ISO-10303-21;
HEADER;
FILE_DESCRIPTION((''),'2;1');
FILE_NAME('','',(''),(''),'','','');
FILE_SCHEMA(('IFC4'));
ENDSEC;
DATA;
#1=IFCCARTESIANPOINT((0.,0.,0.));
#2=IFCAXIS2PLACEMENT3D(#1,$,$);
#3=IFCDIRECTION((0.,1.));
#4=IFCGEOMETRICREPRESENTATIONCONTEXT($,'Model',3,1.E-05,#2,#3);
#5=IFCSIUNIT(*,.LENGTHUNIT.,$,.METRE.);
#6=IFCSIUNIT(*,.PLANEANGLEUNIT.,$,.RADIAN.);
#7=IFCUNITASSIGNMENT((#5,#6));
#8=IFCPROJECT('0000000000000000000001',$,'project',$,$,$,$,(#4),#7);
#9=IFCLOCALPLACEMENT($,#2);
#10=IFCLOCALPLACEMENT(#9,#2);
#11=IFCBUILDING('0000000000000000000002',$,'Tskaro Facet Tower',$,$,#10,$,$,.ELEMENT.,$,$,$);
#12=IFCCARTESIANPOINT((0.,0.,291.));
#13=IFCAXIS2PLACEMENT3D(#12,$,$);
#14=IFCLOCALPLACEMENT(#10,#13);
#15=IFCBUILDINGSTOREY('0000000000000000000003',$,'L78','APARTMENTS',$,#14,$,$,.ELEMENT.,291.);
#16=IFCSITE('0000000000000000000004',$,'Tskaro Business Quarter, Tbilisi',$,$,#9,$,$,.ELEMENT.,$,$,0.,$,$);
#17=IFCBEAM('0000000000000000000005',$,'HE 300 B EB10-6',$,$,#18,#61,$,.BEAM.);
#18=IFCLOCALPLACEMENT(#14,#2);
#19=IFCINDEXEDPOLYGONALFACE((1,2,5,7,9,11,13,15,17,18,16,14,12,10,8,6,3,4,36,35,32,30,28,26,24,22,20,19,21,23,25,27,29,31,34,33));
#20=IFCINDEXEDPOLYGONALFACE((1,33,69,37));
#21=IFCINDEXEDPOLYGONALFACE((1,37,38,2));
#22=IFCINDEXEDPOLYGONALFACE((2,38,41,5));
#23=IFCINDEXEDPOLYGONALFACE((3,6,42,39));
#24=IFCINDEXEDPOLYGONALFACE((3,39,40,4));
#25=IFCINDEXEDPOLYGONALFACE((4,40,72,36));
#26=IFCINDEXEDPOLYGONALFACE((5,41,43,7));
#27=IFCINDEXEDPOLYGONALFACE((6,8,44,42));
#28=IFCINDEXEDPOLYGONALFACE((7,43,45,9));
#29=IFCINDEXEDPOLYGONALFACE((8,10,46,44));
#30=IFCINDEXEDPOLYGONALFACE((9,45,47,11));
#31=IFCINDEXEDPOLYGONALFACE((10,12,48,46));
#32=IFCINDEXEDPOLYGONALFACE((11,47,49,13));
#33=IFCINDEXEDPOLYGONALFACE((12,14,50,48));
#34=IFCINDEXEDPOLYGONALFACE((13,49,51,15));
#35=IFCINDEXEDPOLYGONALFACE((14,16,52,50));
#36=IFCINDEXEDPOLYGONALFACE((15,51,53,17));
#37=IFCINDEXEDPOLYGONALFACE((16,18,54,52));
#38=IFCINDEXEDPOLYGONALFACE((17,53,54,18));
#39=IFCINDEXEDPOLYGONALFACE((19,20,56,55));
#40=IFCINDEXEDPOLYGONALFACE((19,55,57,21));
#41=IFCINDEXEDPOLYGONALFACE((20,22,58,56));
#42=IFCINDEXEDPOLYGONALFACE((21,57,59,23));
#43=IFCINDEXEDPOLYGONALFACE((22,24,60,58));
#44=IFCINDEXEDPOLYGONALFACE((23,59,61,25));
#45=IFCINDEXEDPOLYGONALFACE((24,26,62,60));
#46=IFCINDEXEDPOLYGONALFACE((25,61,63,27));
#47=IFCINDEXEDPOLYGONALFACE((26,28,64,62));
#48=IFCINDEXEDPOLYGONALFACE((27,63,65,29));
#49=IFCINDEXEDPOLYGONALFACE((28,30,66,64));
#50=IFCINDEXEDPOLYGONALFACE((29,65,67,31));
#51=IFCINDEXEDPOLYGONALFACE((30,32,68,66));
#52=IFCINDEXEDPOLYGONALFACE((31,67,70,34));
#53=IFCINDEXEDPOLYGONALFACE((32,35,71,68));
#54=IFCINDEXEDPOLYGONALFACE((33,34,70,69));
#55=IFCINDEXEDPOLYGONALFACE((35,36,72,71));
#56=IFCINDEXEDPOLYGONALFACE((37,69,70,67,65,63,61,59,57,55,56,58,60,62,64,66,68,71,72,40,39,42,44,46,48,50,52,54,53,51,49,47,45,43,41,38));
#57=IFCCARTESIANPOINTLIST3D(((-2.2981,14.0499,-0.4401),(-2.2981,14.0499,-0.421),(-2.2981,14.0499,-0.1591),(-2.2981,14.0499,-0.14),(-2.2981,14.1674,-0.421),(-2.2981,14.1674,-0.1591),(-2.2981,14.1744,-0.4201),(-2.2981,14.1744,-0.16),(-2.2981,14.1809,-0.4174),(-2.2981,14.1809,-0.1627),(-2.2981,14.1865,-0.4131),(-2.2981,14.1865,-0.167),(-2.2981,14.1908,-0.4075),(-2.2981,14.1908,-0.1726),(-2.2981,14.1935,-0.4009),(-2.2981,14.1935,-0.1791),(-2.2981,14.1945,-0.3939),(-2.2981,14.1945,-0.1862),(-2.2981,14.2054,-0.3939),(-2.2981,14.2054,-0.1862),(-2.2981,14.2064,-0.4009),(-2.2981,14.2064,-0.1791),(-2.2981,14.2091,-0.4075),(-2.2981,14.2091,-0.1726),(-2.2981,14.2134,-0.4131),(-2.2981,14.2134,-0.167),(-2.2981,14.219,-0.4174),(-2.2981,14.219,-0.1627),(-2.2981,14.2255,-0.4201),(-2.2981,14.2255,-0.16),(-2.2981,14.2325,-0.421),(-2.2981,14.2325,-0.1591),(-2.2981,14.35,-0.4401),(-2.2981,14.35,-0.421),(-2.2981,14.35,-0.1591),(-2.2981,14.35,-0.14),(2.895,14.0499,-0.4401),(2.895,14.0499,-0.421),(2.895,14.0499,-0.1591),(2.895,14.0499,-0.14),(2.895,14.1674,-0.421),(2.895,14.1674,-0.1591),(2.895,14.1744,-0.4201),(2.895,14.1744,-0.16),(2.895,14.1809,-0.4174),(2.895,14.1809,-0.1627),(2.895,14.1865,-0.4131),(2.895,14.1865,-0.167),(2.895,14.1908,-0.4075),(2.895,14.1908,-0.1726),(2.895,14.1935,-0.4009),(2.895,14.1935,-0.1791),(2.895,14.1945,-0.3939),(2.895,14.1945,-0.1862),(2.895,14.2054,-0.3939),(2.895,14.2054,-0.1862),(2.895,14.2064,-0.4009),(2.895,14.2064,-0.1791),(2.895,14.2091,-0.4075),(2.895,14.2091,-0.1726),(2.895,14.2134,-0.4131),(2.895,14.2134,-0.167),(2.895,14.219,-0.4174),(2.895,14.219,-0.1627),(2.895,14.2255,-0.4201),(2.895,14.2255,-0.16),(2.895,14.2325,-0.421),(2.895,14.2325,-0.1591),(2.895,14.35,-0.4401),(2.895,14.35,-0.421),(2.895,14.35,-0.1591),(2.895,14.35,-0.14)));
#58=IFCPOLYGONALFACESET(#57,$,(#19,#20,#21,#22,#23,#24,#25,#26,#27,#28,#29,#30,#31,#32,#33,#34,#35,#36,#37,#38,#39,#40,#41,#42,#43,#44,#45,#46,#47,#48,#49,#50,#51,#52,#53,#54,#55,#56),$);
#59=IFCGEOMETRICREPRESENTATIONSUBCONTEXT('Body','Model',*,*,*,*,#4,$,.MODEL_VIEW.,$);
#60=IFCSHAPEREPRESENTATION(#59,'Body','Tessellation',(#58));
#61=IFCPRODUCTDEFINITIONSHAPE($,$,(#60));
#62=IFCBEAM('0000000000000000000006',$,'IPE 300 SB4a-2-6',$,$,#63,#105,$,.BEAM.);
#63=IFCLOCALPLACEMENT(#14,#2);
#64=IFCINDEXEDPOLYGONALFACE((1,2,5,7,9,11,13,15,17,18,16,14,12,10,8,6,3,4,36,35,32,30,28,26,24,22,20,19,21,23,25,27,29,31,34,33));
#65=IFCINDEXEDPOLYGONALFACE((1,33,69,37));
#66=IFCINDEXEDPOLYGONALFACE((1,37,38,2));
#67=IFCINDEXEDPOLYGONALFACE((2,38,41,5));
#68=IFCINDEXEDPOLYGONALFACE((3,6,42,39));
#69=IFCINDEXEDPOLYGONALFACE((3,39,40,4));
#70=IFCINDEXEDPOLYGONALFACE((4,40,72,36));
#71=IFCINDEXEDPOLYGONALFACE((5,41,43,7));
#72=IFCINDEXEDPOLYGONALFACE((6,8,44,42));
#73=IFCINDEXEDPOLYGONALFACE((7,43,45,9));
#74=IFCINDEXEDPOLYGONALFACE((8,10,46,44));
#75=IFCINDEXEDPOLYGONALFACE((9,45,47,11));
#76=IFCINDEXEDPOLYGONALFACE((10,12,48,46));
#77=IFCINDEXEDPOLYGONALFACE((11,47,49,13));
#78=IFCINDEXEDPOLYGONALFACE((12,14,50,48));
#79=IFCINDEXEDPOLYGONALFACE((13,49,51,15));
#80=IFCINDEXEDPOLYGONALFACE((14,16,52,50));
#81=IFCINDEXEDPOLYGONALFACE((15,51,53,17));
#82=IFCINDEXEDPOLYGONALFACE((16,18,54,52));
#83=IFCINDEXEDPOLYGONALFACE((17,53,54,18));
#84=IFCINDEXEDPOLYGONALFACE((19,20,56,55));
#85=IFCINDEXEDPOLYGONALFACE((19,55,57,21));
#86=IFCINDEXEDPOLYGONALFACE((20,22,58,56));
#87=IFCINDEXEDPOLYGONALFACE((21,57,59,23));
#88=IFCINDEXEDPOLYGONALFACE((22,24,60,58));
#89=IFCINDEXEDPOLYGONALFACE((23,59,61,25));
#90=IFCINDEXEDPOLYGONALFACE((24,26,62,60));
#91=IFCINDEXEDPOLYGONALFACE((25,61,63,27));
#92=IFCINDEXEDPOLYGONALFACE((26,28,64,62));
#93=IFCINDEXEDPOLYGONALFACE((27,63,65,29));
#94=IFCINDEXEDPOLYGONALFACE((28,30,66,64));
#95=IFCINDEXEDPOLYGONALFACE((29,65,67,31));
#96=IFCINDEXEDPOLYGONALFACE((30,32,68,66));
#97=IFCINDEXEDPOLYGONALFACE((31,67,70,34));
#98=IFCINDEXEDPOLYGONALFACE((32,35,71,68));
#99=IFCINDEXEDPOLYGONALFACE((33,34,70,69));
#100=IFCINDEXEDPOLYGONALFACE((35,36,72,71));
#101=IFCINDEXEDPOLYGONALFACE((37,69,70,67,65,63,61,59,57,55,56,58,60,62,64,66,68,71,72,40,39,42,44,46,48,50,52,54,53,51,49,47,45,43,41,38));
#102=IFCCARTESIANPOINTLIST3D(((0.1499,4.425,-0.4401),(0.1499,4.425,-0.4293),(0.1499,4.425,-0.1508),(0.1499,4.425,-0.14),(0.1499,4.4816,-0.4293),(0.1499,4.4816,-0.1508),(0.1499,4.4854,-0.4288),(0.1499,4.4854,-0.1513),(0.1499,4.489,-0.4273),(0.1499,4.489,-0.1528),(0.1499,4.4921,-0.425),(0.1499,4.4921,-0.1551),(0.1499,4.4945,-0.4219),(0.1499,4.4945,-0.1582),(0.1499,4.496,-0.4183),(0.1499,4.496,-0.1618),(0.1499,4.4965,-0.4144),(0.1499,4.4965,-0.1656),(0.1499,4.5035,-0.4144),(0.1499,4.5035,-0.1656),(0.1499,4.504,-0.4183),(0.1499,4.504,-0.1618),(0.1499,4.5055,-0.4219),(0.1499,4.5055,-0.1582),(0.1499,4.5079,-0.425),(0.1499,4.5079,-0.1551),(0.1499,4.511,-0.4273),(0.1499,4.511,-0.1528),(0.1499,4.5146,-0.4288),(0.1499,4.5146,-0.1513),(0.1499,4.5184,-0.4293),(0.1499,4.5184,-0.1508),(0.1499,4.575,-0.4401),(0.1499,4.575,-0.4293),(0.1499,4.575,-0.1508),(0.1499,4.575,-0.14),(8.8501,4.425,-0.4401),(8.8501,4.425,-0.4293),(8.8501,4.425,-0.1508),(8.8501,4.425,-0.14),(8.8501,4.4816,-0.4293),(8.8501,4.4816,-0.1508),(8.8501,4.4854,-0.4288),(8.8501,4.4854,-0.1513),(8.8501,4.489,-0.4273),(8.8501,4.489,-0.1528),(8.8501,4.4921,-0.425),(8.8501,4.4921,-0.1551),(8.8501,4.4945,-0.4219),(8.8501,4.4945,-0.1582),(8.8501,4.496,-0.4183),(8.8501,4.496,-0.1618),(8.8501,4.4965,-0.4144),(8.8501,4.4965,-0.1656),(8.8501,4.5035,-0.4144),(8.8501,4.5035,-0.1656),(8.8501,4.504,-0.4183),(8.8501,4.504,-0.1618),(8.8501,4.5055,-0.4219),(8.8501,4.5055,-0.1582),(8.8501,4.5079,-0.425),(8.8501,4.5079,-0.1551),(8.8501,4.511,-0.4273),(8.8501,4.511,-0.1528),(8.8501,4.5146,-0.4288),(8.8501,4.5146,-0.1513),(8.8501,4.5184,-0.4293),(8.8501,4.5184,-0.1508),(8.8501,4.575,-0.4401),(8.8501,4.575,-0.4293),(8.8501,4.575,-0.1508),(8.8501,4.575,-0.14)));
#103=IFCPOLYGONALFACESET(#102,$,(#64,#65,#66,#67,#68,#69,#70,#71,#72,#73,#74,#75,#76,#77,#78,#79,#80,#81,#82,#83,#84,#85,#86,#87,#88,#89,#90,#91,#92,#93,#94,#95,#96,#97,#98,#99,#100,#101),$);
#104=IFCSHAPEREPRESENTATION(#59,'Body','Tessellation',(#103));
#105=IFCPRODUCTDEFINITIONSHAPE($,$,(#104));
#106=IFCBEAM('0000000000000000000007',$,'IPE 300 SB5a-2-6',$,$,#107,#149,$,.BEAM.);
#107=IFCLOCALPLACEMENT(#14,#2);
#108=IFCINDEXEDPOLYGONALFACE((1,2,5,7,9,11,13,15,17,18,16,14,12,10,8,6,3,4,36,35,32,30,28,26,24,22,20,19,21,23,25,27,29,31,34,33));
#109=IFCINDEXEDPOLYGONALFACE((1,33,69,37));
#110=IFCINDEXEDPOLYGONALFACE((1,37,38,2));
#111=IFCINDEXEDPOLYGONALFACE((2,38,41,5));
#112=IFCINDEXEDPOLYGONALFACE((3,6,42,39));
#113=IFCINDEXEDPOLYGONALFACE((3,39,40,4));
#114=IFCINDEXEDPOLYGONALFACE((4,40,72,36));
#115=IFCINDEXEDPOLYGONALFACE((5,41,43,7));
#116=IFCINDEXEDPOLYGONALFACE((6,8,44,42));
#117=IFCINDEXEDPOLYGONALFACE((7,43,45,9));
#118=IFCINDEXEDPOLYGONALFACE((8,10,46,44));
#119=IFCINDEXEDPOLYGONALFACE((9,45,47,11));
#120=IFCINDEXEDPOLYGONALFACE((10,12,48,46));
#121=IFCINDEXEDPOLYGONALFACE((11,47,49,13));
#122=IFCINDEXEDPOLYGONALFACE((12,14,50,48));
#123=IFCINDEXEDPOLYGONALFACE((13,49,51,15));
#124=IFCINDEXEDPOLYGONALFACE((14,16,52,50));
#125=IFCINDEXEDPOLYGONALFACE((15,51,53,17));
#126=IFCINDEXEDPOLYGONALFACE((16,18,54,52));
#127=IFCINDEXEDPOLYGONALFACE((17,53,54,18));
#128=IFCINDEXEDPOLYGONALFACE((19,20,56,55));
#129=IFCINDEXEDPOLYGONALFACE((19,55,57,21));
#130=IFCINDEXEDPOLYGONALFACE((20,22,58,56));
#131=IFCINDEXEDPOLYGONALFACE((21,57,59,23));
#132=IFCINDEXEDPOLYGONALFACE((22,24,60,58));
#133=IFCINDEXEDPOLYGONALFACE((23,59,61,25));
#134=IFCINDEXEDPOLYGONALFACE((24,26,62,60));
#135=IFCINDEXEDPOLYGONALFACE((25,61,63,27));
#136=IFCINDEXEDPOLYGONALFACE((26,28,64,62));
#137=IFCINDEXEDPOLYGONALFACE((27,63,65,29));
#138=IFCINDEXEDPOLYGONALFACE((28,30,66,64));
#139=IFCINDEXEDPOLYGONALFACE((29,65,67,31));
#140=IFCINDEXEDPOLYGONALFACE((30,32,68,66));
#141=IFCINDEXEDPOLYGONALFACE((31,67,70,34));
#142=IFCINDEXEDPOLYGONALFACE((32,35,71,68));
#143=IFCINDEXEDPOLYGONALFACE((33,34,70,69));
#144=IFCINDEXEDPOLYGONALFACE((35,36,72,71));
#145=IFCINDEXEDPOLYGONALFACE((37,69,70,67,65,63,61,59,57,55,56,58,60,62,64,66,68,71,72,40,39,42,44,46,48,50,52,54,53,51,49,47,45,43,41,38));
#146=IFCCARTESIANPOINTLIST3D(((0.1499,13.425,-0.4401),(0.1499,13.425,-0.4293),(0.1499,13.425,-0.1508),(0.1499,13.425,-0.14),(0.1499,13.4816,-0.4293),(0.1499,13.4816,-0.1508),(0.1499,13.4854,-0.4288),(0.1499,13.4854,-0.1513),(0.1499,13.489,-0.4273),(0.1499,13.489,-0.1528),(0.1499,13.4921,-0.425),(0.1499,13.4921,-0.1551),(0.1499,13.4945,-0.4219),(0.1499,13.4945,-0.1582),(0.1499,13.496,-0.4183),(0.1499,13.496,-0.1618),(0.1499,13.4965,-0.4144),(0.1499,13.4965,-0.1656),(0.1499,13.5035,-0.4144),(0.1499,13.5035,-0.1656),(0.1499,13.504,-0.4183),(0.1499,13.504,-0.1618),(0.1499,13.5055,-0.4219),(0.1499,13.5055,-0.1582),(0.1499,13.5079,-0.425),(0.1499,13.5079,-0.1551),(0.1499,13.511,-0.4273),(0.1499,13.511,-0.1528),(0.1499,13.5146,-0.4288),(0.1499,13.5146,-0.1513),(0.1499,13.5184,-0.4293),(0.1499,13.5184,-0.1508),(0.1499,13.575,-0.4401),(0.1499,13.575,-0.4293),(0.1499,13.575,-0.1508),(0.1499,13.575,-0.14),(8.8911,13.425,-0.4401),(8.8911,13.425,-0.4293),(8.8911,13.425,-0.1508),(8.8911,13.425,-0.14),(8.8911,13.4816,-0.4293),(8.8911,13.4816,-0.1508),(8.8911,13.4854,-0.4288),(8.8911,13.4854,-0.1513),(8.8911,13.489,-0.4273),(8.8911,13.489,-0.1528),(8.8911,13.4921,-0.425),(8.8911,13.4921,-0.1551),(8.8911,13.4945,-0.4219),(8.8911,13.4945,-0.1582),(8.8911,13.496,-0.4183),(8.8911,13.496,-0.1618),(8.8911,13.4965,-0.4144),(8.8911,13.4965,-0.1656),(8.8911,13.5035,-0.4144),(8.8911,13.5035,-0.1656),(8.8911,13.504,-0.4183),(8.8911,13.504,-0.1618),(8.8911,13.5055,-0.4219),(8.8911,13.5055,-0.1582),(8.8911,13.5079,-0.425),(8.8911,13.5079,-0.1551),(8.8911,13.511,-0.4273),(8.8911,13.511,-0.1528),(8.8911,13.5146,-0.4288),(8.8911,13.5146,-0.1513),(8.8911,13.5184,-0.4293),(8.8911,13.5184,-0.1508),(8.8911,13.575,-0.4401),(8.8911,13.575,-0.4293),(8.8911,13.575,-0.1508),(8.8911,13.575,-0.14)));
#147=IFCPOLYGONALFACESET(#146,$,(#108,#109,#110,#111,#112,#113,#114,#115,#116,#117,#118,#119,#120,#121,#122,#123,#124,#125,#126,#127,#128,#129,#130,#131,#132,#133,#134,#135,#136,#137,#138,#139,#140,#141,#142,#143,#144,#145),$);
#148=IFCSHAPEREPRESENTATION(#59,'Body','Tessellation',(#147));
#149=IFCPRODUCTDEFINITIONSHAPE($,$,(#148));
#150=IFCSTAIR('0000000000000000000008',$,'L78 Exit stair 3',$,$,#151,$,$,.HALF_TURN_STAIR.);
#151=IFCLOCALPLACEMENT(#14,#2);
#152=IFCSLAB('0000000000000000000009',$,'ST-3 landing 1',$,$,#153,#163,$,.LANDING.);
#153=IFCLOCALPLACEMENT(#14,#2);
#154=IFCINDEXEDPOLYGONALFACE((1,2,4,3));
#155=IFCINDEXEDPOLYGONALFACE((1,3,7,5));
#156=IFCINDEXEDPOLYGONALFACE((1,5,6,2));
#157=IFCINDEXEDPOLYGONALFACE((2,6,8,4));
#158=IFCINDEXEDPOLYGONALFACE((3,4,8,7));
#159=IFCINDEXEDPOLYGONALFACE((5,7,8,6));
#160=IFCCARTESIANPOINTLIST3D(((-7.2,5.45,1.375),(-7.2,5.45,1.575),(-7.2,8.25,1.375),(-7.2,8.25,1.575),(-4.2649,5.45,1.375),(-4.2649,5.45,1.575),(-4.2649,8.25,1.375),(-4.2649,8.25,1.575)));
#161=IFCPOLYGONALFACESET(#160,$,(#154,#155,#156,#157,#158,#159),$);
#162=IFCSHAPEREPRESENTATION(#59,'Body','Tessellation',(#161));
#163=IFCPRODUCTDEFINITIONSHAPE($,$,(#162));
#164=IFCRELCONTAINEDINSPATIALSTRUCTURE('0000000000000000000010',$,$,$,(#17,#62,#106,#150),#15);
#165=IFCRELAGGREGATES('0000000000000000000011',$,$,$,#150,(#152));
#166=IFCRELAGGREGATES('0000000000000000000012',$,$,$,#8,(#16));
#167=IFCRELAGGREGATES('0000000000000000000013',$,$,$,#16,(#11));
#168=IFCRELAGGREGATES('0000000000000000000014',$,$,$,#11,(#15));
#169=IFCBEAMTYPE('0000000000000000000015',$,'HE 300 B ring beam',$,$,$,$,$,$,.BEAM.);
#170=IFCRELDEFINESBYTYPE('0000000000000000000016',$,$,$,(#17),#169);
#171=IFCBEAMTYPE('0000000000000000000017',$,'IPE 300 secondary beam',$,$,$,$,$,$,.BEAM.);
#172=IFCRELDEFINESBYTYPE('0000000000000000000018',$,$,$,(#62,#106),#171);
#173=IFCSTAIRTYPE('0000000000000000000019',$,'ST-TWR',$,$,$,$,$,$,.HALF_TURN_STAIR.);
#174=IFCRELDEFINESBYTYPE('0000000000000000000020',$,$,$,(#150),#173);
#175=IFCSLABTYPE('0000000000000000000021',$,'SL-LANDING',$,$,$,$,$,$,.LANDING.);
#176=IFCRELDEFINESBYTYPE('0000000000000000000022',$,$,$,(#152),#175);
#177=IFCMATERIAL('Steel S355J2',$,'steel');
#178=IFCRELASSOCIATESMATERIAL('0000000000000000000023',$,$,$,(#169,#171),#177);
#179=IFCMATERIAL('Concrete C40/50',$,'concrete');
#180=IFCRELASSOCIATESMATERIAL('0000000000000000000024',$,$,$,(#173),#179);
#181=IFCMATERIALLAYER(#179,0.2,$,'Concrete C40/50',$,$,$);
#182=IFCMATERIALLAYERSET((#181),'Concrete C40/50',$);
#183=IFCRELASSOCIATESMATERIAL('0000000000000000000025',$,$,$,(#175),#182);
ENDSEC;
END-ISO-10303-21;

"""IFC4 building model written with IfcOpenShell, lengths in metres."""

from ifc_helpers import new_model, si_unit, direction, frame, origin, origin_2d, place, context, subcontext, project, spatial, polyline, i_section, outline, extrude, material, layer, layer_set, material_profile, profile_set, type_object, element, aggregate, save


model = new_model("IFC4")

# Units and contexts
model_context = context("Model", 3, precision=1e-05, world=origin(), true_north=direction((0.0, 1.0)))
body_context = subcontext(model_context, "Body", "Model", "MODEL_VIEW")
ifc_project = project(units=[si_unit("LENGTHUNIT", "METRE"), si_unit("PLANEANGLEUNIT", "RADIAN")], contexts=[model_context])

# Site, building, storey
site_placement = place(None, origin())
site = spatial("IfcSite", under=ifc_project, at=site_placement, Name="Tskaro Business Quarter, Tbilisi", CompositionType="ELEMENT", RefElevation=0.0)
building_placement = place(site_placement, origin())
building = spatial("IfcBuilding", under=site, at=building_placement, Name="Tskaro Facet Tower", CompositionType="ELEMENT")
storey_placement = place(building_placement, frame((0.0, 0.0, 291.0)))
storey = spatial("IfcBuildingStorey", under=building, at=storey_placement, Name="L78", Description="APARTMENTS", CompositionType="ELEMENT", Elevation=291.0)

# Beams
ifc_material_1 = material(Name="Steel S355J2", Category="steel")
ifc_material_profile_1 = material_profile(ifc_material_1, i_section(OverallWidth=0.3, OverallDepth=0.3, WebThickness=0.011, FlangeThickness=0.019, FilletRadius=0.0271, at=origin_2d()), Name="HE 300 B")
ifc_profile_set_1 = profile_set([ifc_material_profile_1], Name="Steel S355J2")
beam_type_1 = type_object("IfcBeamType", Name="HE 300 B ring beam", PredefinedType="BEAM", material=ifc_profile_set_1)
beam_1_placement = place(storey_placement, frame((2.895, 14.2, -0.29), z_axis=(-1.0, 0.0, 0.0), x_axis=(0.0, -1.0, 0.0)))
element("IfcBeam", 1, at=beam_1_placement, inside=storey, type_object=beam_type_1, Name="HE 300 B EB10-6", PredefinedType="BEAM", context=body_context, shape_type="SweptSolid", body=[
    extrude(i_section(OverallWidth=0.3, OverallDepth=0.3, WebThickness=0.011, FlangeThickness=0.019, FilletRadius=0.0271, at=origin_2d()), origin(), (0.0, 0.0, 1.0), 5.1931),
])
ifc_material_profile_2 = material_profile(ifc_material_1, i_section(OverallWidth=0.1499, OverallDepth=0.3, WebThickness=0.0071, FlangeThickness=0.0107, FilletRadius=0.0149, at=origin_2d()), Name="IPE 300")
ifc_profile_set_2 = profile_set([ifc_material_profile_2], Name="Steel S355J2")
beam_type_2 = type_object("IfcBeamType", Name="IPE 300 secondary beam", PredefinedType="BEAM", material=ifc_profile_set_2)
beam_2_placement = place(storey_placement, frame((0.1499, 4.5, -0.29), z_axis=(1.0, 0.0, 0.0), x_axis=(0.0, 1.0, 0.0)))
element("IfcBeam", 2, at=beam_2_placement, inside=storey, type_object=beam_type_2, Name="IPE 300 SB4a-2-6", PredefinedType="BEAM", context=body_context, shape_type="SweptSolid", body=[
    extrude(i_section(OverallWidth=0.1499, OverallDepth=0.3, WebThickness=0.0071, FlangeThickness=0.0107, FilletRadius=0.0149, at=origin_2d()), origin(), (0.0, 0.0, 1.0), 8.7002),
])
beam_3_placement = place(storey_placement, frame((0.1499, 13.5, -0.29), z_axis=(1.0, 0.0, 0.0), x_axis=(0.0, 1.0, 0.0)))
element("IfcBeam", 3, at=beam_3_placement, inside=storey, type_object=beam_type_2, Name="IPE 300 SB5a-2-6", PredefinedType="BEAM", context=body_context, shape_type="SweptSolid", body=[
    extrude(i_section(OverallWidth=0.1499, OverallDepth=0.3, WebThickness=0.0071, FlangeThickness=0.0107, FilletRadius=0.0149, at=origin_2d()), origin(), (0.0, 0.0, 1.0), 8.7412),
])

# Stair, slab
ifc_material_2 = material(Name="Concrete C40/50", Category="concrete")
stair_type = type_object("IfcStairType", Name="ST-TWR", PredefinedType="HALF_TURN_STAIR", material=ifc_material_2)
stair_placement = place(storey_placement, origin())
stair = element("IfcStair", 4, at=stair_placement, inside=storey, type_object=stair_type, Name="L78 Exit stair 3", PredefinedType="HALF_TURN_STAIR")
ifc_layer_1 = layer(ifc_material_2, 0.2, Name="Concrete C40/50")
ifc_layer_set_1 = layer_set([ifc_layer_1], Name="Concrete C40/50")
slab_type = type_object("IfcSlabType", Name="SL-LANDING", PredefinedType="LANDING", material=ifc_layer_set_1)
slab_placement = place(storey_placement, frame((0.0, 0.0, 1.375)))
slab = element("IfcSlab", 5, at=slab_placement, type_object=slab_type, Name="ST-3 landing 1", PredefinedType="LANDING", context=body_context, shape_type="SweptSolid", body=[
    extrude(outline(polyline([(-7.2, 5.45), (-4.2649, 5.45), (-4.2649, 8.25), (-7.2, 8.25), (-7.2, 5.45)])), origin(), (0.0, 0.0, 1.0), 0.2),
])
aggregate(stair, [slab])

save(model, "model.ifc")
